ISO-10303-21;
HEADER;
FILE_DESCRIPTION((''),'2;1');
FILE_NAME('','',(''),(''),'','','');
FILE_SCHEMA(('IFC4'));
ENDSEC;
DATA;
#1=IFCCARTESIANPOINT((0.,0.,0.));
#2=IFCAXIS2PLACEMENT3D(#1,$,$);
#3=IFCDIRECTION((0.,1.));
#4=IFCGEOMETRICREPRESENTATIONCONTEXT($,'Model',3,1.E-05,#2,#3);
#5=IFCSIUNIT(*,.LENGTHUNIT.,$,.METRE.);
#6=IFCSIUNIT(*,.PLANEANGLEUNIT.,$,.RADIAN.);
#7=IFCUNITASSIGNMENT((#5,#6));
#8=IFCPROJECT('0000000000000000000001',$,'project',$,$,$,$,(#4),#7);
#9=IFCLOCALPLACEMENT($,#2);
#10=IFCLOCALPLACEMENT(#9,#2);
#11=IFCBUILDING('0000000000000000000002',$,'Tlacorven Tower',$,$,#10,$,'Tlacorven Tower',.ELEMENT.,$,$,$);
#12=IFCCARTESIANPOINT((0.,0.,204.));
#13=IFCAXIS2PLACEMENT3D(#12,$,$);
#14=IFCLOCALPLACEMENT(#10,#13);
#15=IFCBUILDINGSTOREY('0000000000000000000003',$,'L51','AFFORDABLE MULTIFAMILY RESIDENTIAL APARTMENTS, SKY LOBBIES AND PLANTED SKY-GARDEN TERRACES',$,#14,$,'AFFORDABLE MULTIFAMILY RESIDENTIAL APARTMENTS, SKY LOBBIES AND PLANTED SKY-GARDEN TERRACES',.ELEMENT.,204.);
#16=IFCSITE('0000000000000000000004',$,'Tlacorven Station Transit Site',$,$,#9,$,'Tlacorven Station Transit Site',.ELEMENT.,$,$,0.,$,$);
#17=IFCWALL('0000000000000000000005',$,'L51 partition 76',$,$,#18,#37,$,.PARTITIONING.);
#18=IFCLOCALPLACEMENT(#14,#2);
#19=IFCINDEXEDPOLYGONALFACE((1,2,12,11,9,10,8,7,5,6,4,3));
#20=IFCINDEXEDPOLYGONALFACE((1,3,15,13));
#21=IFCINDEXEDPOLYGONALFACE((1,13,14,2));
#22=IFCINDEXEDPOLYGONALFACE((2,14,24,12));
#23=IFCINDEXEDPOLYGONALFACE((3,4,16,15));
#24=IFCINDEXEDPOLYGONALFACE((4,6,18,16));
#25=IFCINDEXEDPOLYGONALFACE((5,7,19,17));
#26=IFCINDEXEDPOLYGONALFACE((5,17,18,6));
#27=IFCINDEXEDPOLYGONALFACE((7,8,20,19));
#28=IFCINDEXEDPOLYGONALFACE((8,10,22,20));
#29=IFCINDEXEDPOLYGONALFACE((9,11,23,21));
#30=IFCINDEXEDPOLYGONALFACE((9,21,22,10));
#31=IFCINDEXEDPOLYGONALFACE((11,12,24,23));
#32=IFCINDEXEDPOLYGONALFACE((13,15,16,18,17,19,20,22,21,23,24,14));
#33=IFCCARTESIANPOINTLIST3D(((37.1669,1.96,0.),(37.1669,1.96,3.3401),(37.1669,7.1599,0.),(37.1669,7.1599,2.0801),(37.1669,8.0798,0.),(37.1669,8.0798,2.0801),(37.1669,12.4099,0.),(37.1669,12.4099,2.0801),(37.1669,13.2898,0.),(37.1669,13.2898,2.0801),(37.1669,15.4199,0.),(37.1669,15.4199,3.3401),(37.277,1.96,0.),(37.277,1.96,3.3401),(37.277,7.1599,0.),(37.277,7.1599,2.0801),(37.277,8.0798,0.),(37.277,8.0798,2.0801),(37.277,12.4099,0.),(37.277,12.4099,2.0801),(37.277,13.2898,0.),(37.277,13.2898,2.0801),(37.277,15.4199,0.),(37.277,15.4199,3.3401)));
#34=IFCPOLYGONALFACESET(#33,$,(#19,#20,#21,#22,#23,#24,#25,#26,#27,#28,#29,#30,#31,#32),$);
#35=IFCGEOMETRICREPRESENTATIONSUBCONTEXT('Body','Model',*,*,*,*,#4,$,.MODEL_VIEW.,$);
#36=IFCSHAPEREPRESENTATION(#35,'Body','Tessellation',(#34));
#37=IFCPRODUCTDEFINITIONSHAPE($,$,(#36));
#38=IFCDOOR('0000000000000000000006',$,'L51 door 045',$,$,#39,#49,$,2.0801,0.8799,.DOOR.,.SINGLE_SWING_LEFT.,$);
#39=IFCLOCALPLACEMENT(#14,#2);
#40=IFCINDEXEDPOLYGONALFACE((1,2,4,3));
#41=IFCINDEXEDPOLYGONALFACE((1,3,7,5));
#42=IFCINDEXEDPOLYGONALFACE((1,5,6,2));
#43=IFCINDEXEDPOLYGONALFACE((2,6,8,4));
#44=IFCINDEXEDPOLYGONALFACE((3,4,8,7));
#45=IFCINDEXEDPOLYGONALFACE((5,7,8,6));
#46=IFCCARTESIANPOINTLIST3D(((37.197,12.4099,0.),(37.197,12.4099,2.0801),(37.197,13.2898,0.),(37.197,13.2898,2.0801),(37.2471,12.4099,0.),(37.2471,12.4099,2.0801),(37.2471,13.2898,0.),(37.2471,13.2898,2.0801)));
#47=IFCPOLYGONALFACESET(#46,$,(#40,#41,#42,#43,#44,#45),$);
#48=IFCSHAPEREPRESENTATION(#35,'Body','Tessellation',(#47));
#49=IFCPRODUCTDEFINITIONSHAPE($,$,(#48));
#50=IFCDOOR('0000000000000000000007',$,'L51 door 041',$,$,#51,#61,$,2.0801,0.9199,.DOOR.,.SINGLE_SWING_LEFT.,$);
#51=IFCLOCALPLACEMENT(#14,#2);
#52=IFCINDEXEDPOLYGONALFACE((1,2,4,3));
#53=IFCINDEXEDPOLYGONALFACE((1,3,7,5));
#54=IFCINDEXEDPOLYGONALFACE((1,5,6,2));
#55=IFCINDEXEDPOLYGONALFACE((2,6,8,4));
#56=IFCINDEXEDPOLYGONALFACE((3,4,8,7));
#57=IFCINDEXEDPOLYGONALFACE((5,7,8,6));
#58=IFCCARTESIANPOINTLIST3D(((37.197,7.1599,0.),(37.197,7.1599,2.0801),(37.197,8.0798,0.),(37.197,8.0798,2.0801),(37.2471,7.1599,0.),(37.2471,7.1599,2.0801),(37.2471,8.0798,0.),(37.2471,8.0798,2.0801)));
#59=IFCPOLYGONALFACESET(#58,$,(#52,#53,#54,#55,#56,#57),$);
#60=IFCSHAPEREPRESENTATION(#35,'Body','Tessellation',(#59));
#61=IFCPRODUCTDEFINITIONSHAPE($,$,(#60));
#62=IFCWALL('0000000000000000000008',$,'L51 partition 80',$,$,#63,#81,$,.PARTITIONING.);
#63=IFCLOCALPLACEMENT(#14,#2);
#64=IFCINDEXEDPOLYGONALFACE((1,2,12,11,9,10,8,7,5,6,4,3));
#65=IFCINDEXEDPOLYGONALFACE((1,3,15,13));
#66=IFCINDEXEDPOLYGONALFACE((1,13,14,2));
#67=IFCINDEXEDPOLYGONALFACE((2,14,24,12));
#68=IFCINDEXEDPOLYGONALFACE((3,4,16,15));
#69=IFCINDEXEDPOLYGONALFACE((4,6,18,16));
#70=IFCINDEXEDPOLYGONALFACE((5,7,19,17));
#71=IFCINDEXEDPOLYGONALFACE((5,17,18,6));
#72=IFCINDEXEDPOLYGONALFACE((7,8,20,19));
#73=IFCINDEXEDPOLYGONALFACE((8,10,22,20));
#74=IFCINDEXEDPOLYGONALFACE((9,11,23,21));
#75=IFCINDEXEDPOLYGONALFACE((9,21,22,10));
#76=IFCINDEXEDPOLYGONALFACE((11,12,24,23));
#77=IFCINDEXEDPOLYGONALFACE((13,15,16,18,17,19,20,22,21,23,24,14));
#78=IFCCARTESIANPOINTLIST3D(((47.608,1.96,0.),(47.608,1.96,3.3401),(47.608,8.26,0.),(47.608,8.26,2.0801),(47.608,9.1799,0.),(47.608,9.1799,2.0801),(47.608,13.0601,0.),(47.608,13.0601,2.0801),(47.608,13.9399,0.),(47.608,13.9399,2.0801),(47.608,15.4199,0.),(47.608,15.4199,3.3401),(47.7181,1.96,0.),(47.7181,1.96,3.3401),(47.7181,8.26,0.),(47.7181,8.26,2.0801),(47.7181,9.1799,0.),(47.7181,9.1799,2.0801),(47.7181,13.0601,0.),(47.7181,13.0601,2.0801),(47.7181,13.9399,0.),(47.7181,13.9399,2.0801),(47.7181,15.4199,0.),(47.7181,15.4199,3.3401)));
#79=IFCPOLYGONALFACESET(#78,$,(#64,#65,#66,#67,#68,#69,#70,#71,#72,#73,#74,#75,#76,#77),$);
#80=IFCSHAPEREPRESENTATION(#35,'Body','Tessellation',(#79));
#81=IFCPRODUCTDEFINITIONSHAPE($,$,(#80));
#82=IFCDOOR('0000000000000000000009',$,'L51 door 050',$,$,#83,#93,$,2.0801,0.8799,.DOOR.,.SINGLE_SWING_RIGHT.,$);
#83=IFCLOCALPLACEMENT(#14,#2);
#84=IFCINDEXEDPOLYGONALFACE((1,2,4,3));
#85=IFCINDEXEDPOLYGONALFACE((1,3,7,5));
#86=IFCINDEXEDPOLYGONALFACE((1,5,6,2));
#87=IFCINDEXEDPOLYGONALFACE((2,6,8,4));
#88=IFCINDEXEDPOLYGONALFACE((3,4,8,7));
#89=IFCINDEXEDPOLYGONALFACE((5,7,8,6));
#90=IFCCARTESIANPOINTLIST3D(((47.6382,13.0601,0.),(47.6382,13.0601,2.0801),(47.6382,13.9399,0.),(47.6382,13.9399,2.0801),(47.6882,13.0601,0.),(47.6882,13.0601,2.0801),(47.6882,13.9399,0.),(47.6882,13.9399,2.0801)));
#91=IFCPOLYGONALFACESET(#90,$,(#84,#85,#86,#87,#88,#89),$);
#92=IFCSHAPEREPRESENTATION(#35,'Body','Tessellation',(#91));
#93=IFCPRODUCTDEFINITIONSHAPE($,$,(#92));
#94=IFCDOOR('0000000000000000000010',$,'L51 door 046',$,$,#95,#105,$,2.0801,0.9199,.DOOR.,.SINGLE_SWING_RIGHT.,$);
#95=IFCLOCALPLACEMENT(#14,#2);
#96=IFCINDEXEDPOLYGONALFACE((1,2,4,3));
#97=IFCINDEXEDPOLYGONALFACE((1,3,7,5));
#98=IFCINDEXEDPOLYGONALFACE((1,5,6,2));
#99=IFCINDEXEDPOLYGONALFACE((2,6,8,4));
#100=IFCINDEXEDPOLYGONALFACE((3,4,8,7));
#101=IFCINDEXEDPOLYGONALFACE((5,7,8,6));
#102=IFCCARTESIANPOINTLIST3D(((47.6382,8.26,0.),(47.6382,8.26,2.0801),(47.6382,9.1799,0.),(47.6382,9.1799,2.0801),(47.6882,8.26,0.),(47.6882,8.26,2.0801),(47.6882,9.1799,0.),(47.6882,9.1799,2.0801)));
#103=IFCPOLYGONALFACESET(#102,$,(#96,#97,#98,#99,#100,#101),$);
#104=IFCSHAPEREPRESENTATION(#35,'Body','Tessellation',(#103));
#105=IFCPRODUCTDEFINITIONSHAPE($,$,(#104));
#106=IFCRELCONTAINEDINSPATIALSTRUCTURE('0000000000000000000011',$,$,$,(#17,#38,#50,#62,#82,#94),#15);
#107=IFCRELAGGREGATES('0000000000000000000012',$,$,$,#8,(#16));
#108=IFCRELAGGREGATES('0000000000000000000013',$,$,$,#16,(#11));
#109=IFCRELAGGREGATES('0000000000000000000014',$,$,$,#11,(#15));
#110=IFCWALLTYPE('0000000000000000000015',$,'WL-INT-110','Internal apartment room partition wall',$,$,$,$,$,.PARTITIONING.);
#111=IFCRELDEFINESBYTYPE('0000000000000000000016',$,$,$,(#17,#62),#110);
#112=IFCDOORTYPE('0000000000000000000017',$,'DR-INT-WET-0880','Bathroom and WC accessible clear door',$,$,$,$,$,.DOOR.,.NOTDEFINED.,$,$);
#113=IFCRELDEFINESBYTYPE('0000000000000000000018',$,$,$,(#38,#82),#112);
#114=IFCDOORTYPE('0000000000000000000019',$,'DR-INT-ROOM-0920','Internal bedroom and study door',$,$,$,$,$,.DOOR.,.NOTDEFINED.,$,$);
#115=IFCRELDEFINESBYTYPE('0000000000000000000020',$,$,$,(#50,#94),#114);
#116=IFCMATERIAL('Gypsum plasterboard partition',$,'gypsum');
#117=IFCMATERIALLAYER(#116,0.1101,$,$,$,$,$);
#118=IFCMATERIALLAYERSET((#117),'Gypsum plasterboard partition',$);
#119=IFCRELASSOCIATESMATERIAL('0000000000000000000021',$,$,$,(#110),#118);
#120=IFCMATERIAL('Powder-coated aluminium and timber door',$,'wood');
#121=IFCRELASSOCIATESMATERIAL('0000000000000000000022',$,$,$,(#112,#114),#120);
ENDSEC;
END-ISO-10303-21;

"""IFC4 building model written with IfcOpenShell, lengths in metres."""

from ifc_helpers import new_model, si_unit, direction, frame, frame_2d, origin, place, context, subcontext, project, spatial, rectangle, extrude, source, transform, mapped, material, layer, layer_set, type_object, element, fill, save


model = new_model("IFC4")

# Units and contexts
model_context = context("Model", 3, precision=1e-05, world=origin(), true_north=direction((0.0, 1.0)))
body_context = subcontext(model_context, "Body", "Model", "MODEL_VIEW")
ifc_project = project(units=[si_unit("LENGTHUNIT", "METRE"), si_unit("PLANEANGLEUNIT", "RADIAN")], contexts=[model_context])

# Site, building, storey
site_placement = place(None, origin())
site = spatial("IfcSite", under=ifc_project, at=site_placement, Name="Tlacorven Station Transit Site", LongName="Tlacorven Station Transit Site", CompositionType="ELEMENT", RefElevation=0.0)
building_placement = place(site_placement, origin())
building = spatial("IfcBuilding", under=site, at=building_placement, Name="Tlacorven Tower", LongName="Tlacorven Tower", CompositionType="ELEMENT")
storey_placement = place(building_placement, frame((0.0, 0.0, 204.0)))
storey = spatial("IfcBuildingStorey", under=building, at=storey_placement, Name="L51", Description="AFFORDABLE MULTIFAMILY RESIDENTIAL APARTMENTS, SKY LOBBIES AND PLANTED SKY-GARDEN TERRACES", LongName="AFFORDABLE MULTIFAMILY RESIDENTIAL APARTMENTS, SKY LOBBIES AND PLANTED SKY-GARDEN TERRACES", CompositionType="ELEMENT", Elevation=204.0)

# Walls, openings, doors
ifc_material_1 = material(Name="Gypsum plasterboard partition", Category="gypsum")
ifc_layer_1 = layer(ifc_material_1, 0.1101)
ifc_layer_set_1 = layer_set([ifc_layer_1], Name="Gypsum plasterboard partition")
wall_type_1 = type_object("IfcWallType", Name="WL-INT-110", Description="Internal apartment room partition wall", PredefinedType="PARTITIONING", material=ifc_layer_set_1)
wall_1_placement = place(storey_placement, frame((37.2219, 1.96, 0.0), z_axis=(0.0, 0.0, 1.0), x_axis=(0.0, 1.0, 0.0)))
wall_1 = element("IfcWall", 1, at=wall_1_placement, inside=storey, type_object=wall_type_1, Name="L51 partition 76", PredefinedType="PARTITIONING", context=body_context, shape_type="SweptSolid", body=[
    extrude(rectangle(XDim=13.46, YDim=0.1101, at=frame_2d((6.73, 0.0))), origin(), (0.0, 0.0, 1.0), 3.3401),
])
opening_1_placement = place(wall_1_placement, frame((5.2, 0.0, 0.0)))
opening_1 = element("IfcOpeningElement", 2, at=opening_1_placement, cuts=wall_1, PredefinedType="OPENING", context=body_context, shape_type="SweptSolid", body=[
    extrude(rectangle(XDim=0.9199, YDim=2.0801, at=frame_2d((0.46, 1.04))), frame((0.0, 0.0649, 0.0), z_axis=(0.0, -1.0, 0.0), x_axis=(1.0, 0.0, 0.0)), (0.0, 0.0, 1.0), 0.1301),
])
opening_2_placement = place(wall_1_placement, frame((10.45, 0.0, 0.0)))
opening_2 = element("IfcOpeningElement", 3, at=opening_2_placement, cuts=wall_1, PredefinedType="OPENING", context=body_context, shape_type="SweptSolid", body=[
    extrude(rectangle(XDim=0.8799, YDim=2.0801, at=frame_2d((0.4399, 1.04))), frame((0.0, 0.0649, 0.0), z_axis=(0.0, -1.0, 0.0), x_axis=(1.0, 0.0, 0.0)), (0.0, 0.0, 1.0), 0.1301),
])
ifc_material_2 = material(Name="Powder-coated aluminium and timber door", Category="wood")
door_type_1 = type_object("IfcDoorType", Name="DR-INT-WET-0880", Description="Bathroom and WC accessible clear door", OperationType="NOTDEFINED", PredefinedType="DOOR", material=ifc_material_2)
shared_shape_1 = source(origin(), body_context, "Body", "SweptSolid", [
    extrude(rectangle(XDim=0.8799, YDim=2.0801, at=frame_2d((0.4399, 1.04))), frame((0.0, 0.0249, 0.0), z_axis=(0.0, -1.0, 0.0), x_axis=(1.0, 0.0, 0.0)), (0.0, 0.0, 1.0), 0.05),
])
door_1_placement = place(opening_2_placement, origin())
door_1 = element("IfcDoor", 4, at=door_1_placement, inside=storey, type_object=door_type_1, Name="L51 door 045", OperationType="SINGLE_SWING_LEFT", OverallHeight=2.0801, OverallWidth=0.8799, PredefinedType="DOOR", context=body_context, shape_type="MappedRepresentation", body=[
    mapped(shared_shape_1, transform((0.0, 0.0, 0.0), scale=1.0)),
])
fill(opening_2, door_1)
door_type_2 = type_object("IfcDoorType", Name="DR-INT-ROOM-0920", Description="Internal bedroom and study door", OperationType="NOTDEFINED", PredefinedType="DOOR", material=ifc_material_2)
shared_shape_2 = source(origin(), body_context, "Body", "SweptSolid", [
    extrude(rectangle(XDim=0.9199, YDim=2.0801, at=frame_2d((0.46, 1.04))), frame((0.0, 0.0249, 0.0), z_axis=(0.0, -1.0, 0.0), x_axis=(1.0, 0.0, 0.0)), (0.0, 0.0, 1.0), 0.05),
])
door_2_placement = place(opening_1_placement, origin())
door_2 = element("IfcDoor", 5, at=door_2_placement, inside=storey, type_object=door_type_2, Name="L51 door 041", OperationType="SINGLE_SWING_LEFT", OverallHeight=2.0801, OverallWidth=0.9199, PredefinedType="DOOR", context=body_context, shape_type="MappedRepresentation", body=[
    mapped(shared_shape_2, transform((0.0, 0.0, 0.0), scale=1.0)),
])
fill(opening_1, door_2)
wall_2_placement = place(storey_placement, frame((47.6631, 1.96, 0.0), z_axis=(0.0, 0.0, 1.0), x_axis=(0.0, 1.0, 0.0)))
wall_2 = element("IfcWall", 6, at=wall_2_placement, inside=storey, type_object=wall_type_1, Name="L51 partition 80", PredefinedType="PARTITIONING", context=body_context, shape_type="SweptSolid", body=[
    extrude(rectangle(XDim=13.46, YDim=0.1101, at=frame_2d((6.73, 0.0))), origin(), (0.0, 0.0, 1.0), 3.3401),
])
opening_3_placement = place(wall_2_placement, frame((6.3, 0.0, 0.0)))
opening_3 = element("IfcOpeningElement", 7, at=opening_3_placement, cuts=wall_2, PredefinedType="OPENING", context=body_context, shape_type="SweptSolid", body=[
    extrude(rectangle(XDim=0.9199, YDim=2.0801, at=frame_2d((0.46, 1.04))), frame((0.0, 0.0649, 0.0), z_axis=(0.0, -1.0, 0.0), x_axis=(1.0, 0.0, 0.0)), (0.0, 0.0, 1.0), 0.1301),
])
opening_4_placement = place(wall_2_placement, frame((11.1001, 0.0, 0.0)))
opening_4 = element("IfcOpeningElement", 8, at=opening_4_placement, cuts=wall_2, PredefinedType="OPENING", context=body_context, shape_type="SweptSolid", body=[
    extrude(rectangle(XDim=0.8799, YDim=2.0801, at=frame_2d((0.4399, 1.04))), frame((0.0, 0.0649, 0.0), z_axis=(0.0, -1.0, 0.0), x_axis=(1.0, 0.0, 0.0)), (0.0, 0.0, 1.0), 0.1301),
])
door_3_placement = place(opening_4_placement, origin())
door_3 = element("IfcDoor", 9, at=door_3_placement, inside=storey, type_object=door_type_1, Name="L51 door 050", OperationType="SINGLE_SWING_RIGHT", OverallHeight=2.0801, OverallWidth=0.8799, PredefinedType="DOOR", context=body_context, shape_type="MappedRepresentation", body=[
    mapped(shared_shape_1, transform((0.0, 0.0, 0.0), scale=1.0)),
])
fill(opening_4, door_3)
door_4_placement = place(opening_3_placement, origin())
door_4 = element("IfcDoor", 10, at=door_4_placement, inside=storey, type_object=door_type_2, Name="L51 door 046", OperationType="SINGLE_SWING_RIGHT", OverallHeight=2.0801, OverallWidth=0.9199, PredefinedType="DOOR", context=body_context, shape_type="MappedRepresentation", body=[
    mapped(shared_shape_2, transform((0.0, 0.0, 0.0), scale=1.0)),
])
fill(opening_3, door_4)

save(model, "model.ifc")
